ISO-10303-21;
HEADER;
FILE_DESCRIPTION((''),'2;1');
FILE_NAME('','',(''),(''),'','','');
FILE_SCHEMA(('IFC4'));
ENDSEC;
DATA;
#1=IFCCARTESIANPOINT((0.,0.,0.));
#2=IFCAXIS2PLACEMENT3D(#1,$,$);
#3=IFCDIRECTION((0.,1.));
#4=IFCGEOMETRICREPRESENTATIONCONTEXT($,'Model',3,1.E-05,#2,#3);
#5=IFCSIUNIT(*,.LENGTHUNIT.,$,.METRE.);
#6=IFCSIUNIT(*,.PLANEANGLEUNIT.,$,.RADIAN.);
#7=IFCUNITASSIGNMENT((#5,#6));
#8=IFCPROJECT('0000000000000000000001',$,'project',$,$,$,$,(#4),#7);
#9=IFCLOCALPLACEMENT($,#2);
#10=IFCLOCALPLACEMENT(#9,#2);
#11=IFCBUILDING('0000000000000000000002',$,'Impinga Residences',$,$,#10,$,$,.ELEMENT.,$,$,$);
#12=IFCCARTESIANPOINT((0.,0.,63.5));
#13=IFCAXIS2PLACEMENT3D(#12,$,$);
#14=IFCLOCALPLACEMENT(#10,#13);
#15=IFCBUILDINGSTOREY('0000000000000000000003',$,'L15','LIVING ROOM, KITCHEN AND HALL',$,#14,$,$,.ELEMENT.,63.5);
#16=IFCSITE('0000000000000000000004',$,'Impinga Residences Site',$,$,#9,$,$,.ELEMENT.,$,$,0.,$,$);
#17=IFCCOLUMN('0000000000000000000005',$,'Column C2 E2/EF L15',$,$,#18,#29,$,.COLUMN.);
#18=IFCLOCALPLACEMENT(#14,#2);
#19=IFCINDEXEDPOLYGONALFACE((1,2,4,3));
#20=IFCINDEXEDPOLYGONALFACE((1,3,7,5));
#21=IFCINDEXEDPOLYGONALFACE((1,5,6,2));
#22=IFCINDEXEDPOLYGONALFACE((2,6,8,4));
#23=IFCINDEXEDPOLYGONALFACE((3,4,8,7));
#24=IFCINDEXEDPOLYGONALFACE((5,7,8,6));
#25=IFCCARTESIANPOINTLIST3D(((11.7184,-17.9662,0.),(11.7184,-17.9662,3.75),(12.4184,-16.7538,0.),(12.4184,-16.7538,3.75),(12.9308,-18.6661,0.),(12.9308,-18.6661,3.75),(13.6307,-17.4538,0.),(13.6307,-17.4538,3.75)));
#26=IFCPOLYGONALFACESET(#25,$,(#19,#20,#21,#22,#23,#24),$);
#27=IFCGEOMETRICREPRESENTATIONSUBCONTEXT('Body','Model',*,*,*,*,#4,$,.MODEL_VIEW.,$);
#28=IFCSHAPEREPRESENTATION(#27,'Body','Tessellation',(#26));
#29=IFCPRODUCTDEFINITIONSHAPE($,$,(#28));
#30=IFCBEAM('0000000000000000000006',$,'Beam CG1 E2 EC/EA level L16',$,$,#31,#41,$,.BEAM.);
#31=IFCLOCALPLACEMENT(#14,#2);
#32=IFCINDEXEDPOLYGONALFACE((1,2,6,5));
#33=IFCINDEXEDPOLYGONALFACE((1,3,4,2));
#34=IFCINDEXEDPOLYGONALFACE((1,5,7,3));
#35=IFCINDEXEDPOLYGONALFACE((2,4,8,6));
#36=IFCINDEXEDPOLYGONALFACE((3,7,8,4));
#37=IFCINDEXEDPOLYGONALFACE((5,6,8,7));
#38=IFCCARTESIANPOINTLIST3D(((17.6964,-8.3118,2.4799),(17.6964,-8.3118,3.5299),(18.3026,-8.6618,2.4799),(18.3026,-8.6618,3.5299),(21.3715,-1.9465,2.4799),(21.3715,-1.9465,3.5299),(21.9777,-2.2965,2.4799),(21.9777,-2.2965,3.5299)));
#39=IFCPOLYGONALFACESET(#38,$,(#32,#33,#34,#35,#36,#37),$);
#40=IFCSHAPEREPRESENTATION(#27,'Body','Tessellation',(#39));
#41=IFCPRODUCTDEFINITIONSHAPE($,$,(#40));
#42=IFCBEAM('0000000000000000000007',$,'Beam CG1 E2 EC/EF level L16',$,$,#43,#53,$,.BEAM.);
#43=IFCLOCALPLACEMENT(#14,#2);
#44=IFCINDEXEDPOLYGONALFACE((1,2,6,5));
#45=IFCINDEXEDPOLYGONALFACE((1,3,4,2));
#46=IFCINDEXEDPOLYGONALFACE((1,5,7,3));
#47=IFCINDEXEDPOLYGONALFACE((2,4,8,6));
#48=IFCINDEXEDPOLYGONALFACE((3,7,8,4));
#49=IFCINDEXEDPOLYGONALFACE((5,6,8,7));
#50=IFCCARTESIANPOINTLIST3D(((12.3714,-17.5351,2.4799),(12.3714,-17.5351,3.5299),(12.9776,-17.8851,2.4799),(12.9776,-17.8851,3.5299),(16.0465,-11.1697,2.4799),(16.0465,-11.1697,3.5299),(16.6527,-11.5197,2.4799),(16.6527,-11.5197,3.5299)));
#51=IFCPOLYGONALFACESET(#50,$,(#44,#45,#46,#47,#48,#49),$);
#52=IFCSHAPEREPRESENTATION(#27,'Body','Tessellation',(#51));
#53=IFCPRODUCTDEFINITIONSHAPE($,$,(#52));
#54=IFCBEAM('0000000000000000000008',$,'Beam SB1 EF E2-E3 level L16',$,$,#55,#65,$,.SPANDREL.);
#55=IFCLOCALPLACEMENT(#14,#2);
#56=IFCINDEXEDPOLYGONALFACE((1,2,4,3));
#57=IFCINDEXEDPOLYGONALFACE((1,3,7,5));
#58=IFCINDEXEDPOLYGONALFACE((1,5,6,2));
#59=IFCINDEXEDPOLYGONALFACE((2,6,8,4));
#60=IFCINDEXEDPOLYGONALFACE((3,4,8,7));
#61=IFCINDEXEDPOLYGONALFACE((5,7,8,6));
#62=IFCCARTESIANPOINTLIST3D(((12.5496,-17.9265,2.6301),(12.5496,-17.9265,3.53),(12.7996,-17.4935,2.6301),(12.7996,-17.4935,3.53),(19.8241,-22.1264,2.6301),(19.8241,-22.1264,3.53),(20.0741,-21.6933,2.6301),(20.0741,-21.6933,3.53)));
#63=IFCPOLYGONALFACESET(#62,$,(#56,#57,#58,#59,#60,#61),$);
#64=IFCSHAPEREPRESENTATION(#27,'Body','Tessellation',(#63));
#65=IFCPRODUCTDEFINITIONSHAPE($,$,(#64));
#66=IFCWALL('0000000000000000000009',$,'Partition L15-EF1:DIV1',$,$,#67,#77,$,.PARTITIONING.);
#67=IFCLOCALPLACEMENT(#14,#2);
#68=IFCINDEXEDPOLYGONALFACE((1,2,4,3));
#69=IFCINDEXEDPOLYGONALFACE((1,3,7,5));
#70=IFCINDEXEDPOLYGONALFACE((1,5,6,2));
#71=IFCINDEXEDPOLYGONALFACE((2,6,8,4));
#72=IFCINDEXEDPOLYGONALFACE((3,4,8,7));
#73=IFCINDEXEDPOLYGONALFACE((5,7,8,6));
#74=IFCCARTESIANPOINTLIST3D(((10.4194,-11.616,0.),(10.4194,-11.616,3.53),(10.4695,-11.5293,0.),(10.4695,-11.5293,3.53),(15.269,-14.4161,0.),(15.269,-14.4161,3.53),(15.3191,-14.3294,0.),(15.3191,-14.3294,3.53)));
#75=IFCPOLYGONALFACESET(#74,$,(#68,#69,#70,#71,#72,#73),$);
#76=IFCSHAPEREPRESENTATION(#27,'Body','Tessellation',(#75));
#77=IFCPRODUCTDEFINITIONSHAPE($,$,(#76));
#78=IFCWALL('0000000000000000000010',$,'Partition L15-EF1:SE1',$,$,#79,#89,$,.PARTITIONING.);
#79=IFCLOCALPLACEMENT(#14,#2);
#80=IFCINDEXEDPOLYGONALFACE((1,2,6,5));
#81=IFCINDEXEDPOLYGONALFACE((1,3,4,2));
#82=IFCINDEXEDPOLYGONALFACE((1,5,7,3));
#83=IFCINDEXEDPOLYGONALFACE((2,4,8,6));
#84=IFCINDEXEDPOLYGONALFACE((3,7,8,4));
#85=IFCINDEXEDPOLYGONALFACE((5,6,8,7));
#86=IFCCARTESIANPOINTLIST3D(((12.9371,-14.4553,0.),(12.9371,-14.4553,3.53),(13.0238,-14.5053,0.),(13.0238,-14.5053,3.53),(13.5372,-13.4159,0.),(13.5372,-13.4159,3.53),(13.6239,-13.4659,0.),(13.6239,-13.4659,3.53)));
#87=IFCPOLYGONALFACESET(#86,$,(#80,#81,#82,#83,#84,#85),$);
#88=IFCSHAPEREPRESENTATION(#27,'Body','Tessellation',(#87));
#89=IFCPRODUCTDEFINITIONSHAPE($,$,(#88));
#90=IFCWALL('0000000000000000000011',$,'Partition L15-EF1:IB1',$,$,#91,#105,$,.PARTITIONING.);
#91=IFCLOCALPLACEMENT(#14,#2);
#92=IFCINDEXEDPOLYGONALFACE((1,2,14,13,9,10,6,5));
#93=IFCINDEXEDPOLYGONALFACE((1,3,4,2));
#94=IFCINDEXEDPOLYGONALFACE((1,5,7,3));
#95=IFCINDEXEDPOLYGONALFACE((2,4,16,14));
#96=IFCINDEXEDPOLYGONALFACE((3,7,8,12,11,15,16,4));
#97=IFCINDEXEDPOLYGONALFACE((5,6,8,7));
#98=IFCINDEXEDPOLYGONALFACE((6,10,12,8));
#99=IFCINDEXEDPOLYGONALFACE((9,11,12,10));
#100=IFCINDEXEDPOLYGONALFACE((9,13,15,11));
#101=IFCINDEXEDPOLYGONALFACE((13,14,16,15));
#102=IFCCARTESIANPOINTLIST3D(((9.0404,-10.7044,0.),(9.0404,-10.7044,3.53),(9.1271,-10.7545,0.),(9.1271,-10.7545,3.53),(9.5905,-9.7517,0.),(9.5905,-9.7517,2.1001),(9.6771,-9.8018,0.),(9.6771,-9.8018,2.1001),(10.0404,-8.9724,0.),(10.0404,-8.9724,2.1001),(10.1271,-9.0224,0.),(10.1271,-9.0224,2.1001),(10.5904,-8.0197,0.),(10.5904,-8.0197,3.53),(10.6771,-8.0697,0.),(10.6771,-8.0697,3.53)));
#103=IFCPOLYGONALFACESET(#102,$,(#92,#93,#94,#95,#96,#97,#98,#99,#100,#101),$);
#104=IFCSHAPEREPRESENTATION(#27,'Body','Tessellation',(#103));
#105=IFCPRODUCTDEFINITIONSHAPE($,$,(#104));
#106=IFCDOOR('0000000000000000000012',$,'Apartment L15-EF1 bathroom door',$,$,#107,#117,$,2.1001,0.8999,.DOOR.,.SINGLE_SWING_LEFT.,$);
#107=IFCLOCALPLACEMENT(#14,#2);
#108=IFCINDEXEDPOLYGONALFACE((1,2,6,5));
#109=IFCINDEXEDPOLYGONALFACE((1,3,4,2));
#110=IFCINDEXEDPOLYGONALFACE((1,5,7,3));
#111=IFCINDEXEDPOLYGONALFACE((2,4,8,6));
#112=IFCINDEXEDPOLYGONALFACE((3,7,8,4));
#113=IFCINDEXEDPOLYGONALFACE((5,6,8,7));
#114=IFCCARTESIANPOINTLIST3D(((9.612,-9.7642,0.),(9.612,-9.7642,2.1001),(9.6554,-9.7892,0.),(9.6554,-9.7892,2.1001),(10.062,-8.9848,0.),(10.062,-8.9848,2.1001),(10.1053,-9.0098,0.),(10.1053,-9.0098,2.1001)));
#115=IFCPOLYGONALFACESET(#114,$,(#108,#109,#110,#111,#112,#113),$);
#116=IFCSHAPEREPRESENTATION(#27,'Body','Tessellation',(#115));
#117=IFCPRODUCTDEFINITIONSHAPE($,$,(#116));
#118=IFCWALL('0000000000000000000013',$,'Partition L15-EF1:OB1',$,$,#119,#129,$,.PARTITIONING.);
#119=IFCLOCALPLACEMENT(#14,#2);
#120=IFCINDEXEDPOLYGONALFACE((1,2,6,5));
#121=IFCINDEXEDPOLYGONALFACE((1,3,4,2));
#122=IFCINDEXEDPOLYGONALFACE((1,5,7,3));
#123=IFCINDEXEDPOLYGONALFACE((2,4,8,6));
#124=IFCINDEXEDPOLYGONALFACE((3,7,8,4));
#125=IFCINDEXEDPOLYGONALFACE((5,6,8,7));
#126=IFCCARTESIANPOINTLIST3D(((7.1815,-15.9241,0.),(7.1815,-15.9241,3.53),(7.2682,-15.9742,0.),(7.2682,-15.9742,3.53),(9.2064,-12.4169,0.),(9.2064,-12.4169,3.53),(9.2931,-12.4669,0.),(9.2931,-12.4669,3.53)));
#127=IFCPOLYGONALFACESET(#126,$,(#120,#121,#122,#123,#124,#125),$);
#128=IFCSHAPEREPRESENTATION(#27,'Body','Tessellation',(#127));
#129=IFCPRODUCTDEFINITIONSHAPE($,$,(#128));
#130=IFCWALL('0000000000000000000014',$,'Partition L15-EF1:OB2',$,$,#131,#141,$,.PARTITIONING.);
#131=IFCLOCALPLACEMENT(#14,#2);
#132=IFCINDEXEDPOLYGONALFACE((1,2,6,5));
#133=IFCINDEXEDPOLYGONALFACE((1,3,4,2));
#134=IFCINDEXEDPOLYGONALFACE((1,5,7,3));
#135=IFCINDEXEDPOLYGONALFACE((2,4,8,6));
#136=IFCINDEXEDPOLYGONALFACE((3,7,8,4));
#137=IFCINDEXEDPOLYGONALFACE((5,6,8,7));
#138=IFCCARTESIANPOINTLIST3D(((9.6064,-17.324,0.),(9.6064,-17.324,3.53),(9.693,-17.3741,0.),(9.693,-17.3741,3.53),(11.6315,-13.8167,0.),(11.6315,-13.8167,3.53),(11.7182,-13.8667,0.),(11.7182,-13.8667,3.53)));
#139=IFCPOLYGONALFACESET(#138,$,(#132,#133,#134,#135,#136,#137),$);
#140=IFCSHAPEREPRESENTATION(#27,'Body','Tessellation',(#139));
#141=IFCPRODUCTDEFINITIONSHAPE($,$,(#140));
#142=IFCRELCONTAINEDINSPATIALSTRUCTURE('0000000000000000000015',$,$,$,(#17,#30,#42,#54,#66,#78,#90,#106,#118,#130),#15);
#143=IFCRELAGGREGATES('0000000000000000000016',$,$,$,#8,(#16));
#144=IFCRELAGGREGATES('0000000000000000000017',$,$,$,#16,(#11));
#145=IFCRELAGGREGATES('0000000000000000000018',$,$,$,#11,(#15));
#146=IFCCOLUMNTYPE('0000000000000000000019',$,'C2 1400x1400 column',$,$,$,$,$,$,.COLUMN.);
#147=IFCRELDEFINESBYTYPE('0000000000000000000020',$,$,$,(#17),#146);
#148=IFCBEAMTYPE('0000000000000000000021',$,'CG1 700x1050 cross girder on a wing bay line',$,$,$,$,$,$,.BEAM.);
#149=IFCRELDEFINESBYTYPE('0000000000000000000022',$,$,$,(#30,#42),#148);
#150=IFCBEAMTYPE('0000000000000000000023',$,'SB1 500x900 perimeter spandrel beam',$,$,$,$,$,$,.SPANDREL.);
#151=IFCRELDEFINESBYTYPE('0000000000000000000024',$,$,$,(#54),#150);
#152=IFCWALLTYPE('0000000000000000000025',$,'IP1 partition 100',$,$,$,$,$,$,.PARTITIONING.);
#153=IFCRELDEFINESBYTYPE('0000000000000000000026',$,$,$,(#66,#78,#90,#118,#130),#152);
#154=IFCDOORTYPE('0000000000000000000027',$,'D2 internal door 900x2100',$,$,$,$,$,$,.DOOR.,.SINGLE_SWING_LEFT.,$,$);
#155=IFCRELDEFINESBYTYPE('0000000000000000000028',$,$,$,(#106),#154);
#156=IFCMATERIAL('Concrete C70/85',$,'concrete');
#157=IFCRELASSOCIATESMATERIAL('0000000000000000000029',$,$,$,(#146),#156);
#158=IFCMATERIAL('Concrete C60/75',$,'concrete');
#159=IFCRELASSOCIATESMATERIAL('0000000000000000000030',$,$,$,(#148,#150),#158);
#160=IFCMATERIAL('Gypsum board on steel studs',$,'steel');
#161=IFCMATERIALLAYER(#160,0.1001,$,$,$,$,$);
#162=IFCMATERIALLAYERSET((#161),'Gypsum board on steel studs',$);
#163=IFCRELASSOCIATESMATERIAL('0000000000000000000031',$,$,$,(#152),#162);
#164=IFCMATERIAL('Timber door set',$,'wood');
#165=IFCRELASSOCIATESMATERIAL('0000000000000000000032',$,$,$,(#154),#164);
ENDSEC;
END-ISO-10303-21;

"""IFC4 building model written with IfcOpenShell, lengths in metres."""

from ifc_helpers import new_model, si_unit, direction, frame, frame_2d, origin, origin_2d, place, context, subcontext, project, spatial, rectangle, extrude, material, layer, layer_set, material_profile, profile_set, type_object, element, fill, save


model = new_model("IFC4")

# Units and contexts
model_context = context("Model", 3, precision=1e-05, world=origin(), true_north=direction((0.0, 1.0)))
body_context = subcontext(model_context, "Body", "Model", "MODEL_VIEW")
ifc_project = project(units=[si_unit("LENGTHUNIT", "METRE"), si_unit("PLANEANGLEUNIT", "RADIAN")], contexts=[model_context])

# Site, building, storey
site_placement = place(None, origin())
site = spatial("IfcSite", under=ifc_project, at=site_placement, Name="Impinga Residences Site", CompositionType="ELEMENT", RefElevation=0.0)
building_placement = place(site_placement, origin())
building = spatial("IfcBuilding", under=site, at=building_placement, Name="Impinga Residences", CompositionType="ELEMENT")
storey_placement = place(building_placement, frame((0.0, 0.0, 63.5)))
storey = spatial("IfcBuildingStorey", under=building, at=storey_placement, Name="L15", Description="LIVING ROOM, KITCHEN AND HALL", CompositionType="ELEMENT", Elevation=63.5)

# Column
ifc_material_1 = material(Name="Concrete C70/85", Category="concrete")
ifc_material_profile_1 = material_profile(ifc_material_1, rectangle(XDim=1.3999, YDim=1.3999, at=origin_2d()), Name="RC 1400x1400")
ifc_profile_set_1 = profile_set([ifc_material_profile_1], Name="Concrete C70/85")
column_type = type_object("IfcColumnType", Name="C2 1400x1400 column", PredefinedType="COLUMN", material=ifc_profile_set_1)
column_placement = place(storey_placement, frame((12.6746, -17.71, 0.0), z_axis=(0.0, 0.0, 1.0), x_axis=(-0.5, -0.866025, 0.0)))
element("IfcColumn", 1, at=column_placement, inside=storey, type_object=column_type, Name="Column C2 E2/EF L15", PredefinedType="COLUMN", context=body_context, shape_type="SweptSolid", body=[
    extrude(rectangle(XDim=1.3999, YDim=1.3999, at=origin_2d()), origin(), (0.0, 0.0, 1.0), 3.75),
])

# Beams
ifc_material_2 = material(Name="Concrete C60/75", Category="concrete")
ifc_material_profile_2 = material_profile(ifc_material_2, rectangle(XDim=0.7, YDim=1.05, at=origin_2d()), Name="RC 700x1050")
ifc_profile_set_2 = profile_set([ifc_material_profile_2], Name="Concrete C60/75")
beam_type_1 = type_object("IfcBeamType", Name="CG1 700x1050 cross girder on a wing bay line", PredefinedType="BEAM", material=ifc_profile_set_2)
for number, where, z_axis, x_axis, name in (
    (2, (17.9995, -8.4868, 3.0049), (0.500008, 0.866021, 0.0), (-0.866021, 0.500008, 0.0), "Beam CG1 E2 EC/EA level L16"),
    (3, (16.3496, -11.3447, 3.0049), (-0.500008, -0.866021, 0.0), (0.866021, -0.500008, 0.0), "Beam CG1 E2 EC/EF level L16"),
):
    element("IfcBeam", number, at=place(storey_placement, frame(where, z_axis=z_axis, x_axis=x_axis)), inside=storey, type_object=beam_type_1, Name=name, PredefinedType="BEAM", context=body_context, shape_type="SweptSolid", body=[
        extrude(rectangle(XDim=0.7, YDim=1.05, at=origin_2d()), origin(), (0.0, 0.0, 1.0), 7.3501),
    ])
ifc_material_profile_3 = material_profile(ifc_material_2, rectangle(XDim=0.5, YDim=0.8999, at=origin_2d()), Name="RC 500x900")
ifc_profile_set_3 = profile_set([ifc_material_profile_3], Name="Concrete C60/75")
beam_type_2 = type_object("IfcBeamType", Name="SB1 500x900 perimeter spandrel beam", PredefinedType="SPANDREL", material=ifc_profile_set_3)
beam_placement = place(storey_placement, frame((12.6746, -17.71, 3.0801), z_axis=(0.866029, -0.499993, 0.0), x_axis=(0.499993, 0.866029, 0.0)))
element("IfcBeam", 4, at=beam_placement, inside=storey, type_object=beam_type_2, Name="Beam SB1 EF E2-E3 level L16", PredefinedType="SPANDREL", context=body_context, shape_type="SweptSolid", body=[
    extrude(rectangle(XDim=0.5, YDim=0.8999, at=origin_2d()), origin(), (0.0, 0.0, 1.0), 8.3999),
])

# Walls
ifc_material_3 = material(Name="Gypsum board on steel studs", Category="steel")
ifc_layer_1 = layer(ifc_material_3, 0.1001)
ifc_layer_set_1 = layer_set([ifc_layer_1], Name="Gypsum board on steel studs")
wall_type_1 = type_object("IfcWallType", Name="IP1 partition 100", PredefinedType="PARTITIONING", material=ifc_layer_set_1)
wall_1_placement = place(storey_placement, frame((10.4446, -11.5728, 0.0), z_axis=(0.0, 0.0, 1.0), x_axis=(0.866016, -0.500017, 0.0)))
element("IfcWall", 5, at=wall_1_placement, inside=storey, type_object=wall_type_1, Name="Partition L15-EF1:DIV1", PredefinedType="PARTITIONING", context=body_context, shape_type="SweptSolid", body=[
    extrude(rectangle(XDim=5.5999, YDim=0.1001, at=frame_2d((2.7998, 0.0))), origin(), (0.0, 0.0, 1.0), 3.53),
])
wall_2_placement = place(storey_placement, frame((13.5806, -13.4409, 0.0), z_axis=(0.0, 0.0, 1.0), x_axis=(-0.500034, -0.866006, 0.0)))
element("IfcWall", 6, at=wall_2_placement, inside=storey, type_object=wall_type_1, Name="Partition L15-EF1:SE1", PredefinedType="PARTITIONING", context=body_context, shape_type="SweptSolid", body=[
    extrude(rectangle(XDim=1.2002, YDim=0.1001, at=frame_2d((0.6001, 0.0))), origin(), (0.0, 0.0, 1.0), 3.53),
])

# Wall, opening, door
wall_3_placement = place(storey_placement, frame((10.6338, -8.0447, 0.0), z_axis=(0.0, 0.0, 1.0), x_axis=(-0.499993, -0.86603, 0.0)))
wall_3 = element("IfcWall", 7, at=wall_3_placement, inside=storey, type_object=wall_type_1, Name="Partition L15-EF1:IB1", PredefinedType="PARTITIONING", context=body_context, shape_type="SweptSolid", body=[
    extrude(rectangle(XDim=3.1001, YDim=0.1001, at=frame_2d((1.55, 0.0))), origin(), (0.0, 0.0, 1.0), 3.53),
])
opening_1_placement = place(wall_3_placement, frame((1.1001, 0.0, 0.0)))
opening_1 = element("IfcOpeningElement", 8, at=opening_1_placement, cuts=wall_3, PredefinedType="OPENING", context=body_context, shape_type="SweptSolid", body=[
    extrude(rectangle(XDim=0.8999, YDim=2.1001, at=frame_2d((0.45, 1.05))), frame((0.0, 0.0601, 0.0), z_axis=(0.0, -1.0, 0.0), x_axis=(1.0, 0.0, 0.0)), (0.0, 0.0, 1.0), 0.1201),
])
ifc_material_4 = material(Name="Timber door set", Category="wood")
door_type = type_object("IfcDoorType", Name="D2 internal door 900x2100", OperationType="SINGLE_SWING_LEFT", PredefinedType="DOOR", material=ifc_material_4)
door_1_placement = place(opening_1_placement, origin())
door_1 = element("IfcDoor", 9, at=door_1_placement, inside=storey, type_object=door_type, Name="Apartment L15-EF1 bathroom door", OperationType="SINGLE_SWING_LEFT", OverallHeight=2.1001, OverallWidth=0.8999, PredefinedType="DOOR", context=body_context, shape_type="SweptSolid", body=[
    extrude(rectangle(XDim=0.8999, YDim=2.1001, at=frame_2d((0.45, 1.05))), frame((0.0, 0.0249, 0.0), z_axis=(0.0, -1.0, 0.0), x_axis=(1.0, 0.0, 0.0)), (0.0, 0.0, 1.0), 0.05),
])
fill(opening_1, door_1)

# Walls
wall_4_placement = place(storey_placement, frame((9.2498, -12.4419, 0.0), z_axis=(0.0, 0.0, 1.0), x_axis=(-0.49999, -0.866031, 0.0)))
element("IfcWall", 10, at=wall_4_placement, inside=storey, type_object=wall_type_1, Name="Partition L15-EF1:OB1", PredefinedType="PARTITIONING", context=body_context, shape_type="SweptSolid", body=[
    extrude(rectangle(XDim=4.0498, YDim=0.1001, at=frame_2d((2.0249, 0.0))), origin(), (0.0, 0.0, 1.0), 3.53),
])
wall_5_placement = place(storey_placement, frame((11.6748, -13.8418, 0.0), z_axis=(0.0, 0.0, 1.0), x_axis=(-0.500036, -0.866005, 0.0)))
element("IfcWall", 11, at=wall_5_placement, inside=storey, type_object=wall_type_1, Name="Partition L15-EF1:OB2", PredefinedType="PARTITIONING", context=body_context, shape_type="SweptSolid", body=[
    extrude(rectangle(XDim=4.05, YDim=0.1001, at=frame_2d((2.0249, 0.0))), origin(), (0.0, 0.0, 1.0), 3.53),
])

save(model, "model.ifc")
